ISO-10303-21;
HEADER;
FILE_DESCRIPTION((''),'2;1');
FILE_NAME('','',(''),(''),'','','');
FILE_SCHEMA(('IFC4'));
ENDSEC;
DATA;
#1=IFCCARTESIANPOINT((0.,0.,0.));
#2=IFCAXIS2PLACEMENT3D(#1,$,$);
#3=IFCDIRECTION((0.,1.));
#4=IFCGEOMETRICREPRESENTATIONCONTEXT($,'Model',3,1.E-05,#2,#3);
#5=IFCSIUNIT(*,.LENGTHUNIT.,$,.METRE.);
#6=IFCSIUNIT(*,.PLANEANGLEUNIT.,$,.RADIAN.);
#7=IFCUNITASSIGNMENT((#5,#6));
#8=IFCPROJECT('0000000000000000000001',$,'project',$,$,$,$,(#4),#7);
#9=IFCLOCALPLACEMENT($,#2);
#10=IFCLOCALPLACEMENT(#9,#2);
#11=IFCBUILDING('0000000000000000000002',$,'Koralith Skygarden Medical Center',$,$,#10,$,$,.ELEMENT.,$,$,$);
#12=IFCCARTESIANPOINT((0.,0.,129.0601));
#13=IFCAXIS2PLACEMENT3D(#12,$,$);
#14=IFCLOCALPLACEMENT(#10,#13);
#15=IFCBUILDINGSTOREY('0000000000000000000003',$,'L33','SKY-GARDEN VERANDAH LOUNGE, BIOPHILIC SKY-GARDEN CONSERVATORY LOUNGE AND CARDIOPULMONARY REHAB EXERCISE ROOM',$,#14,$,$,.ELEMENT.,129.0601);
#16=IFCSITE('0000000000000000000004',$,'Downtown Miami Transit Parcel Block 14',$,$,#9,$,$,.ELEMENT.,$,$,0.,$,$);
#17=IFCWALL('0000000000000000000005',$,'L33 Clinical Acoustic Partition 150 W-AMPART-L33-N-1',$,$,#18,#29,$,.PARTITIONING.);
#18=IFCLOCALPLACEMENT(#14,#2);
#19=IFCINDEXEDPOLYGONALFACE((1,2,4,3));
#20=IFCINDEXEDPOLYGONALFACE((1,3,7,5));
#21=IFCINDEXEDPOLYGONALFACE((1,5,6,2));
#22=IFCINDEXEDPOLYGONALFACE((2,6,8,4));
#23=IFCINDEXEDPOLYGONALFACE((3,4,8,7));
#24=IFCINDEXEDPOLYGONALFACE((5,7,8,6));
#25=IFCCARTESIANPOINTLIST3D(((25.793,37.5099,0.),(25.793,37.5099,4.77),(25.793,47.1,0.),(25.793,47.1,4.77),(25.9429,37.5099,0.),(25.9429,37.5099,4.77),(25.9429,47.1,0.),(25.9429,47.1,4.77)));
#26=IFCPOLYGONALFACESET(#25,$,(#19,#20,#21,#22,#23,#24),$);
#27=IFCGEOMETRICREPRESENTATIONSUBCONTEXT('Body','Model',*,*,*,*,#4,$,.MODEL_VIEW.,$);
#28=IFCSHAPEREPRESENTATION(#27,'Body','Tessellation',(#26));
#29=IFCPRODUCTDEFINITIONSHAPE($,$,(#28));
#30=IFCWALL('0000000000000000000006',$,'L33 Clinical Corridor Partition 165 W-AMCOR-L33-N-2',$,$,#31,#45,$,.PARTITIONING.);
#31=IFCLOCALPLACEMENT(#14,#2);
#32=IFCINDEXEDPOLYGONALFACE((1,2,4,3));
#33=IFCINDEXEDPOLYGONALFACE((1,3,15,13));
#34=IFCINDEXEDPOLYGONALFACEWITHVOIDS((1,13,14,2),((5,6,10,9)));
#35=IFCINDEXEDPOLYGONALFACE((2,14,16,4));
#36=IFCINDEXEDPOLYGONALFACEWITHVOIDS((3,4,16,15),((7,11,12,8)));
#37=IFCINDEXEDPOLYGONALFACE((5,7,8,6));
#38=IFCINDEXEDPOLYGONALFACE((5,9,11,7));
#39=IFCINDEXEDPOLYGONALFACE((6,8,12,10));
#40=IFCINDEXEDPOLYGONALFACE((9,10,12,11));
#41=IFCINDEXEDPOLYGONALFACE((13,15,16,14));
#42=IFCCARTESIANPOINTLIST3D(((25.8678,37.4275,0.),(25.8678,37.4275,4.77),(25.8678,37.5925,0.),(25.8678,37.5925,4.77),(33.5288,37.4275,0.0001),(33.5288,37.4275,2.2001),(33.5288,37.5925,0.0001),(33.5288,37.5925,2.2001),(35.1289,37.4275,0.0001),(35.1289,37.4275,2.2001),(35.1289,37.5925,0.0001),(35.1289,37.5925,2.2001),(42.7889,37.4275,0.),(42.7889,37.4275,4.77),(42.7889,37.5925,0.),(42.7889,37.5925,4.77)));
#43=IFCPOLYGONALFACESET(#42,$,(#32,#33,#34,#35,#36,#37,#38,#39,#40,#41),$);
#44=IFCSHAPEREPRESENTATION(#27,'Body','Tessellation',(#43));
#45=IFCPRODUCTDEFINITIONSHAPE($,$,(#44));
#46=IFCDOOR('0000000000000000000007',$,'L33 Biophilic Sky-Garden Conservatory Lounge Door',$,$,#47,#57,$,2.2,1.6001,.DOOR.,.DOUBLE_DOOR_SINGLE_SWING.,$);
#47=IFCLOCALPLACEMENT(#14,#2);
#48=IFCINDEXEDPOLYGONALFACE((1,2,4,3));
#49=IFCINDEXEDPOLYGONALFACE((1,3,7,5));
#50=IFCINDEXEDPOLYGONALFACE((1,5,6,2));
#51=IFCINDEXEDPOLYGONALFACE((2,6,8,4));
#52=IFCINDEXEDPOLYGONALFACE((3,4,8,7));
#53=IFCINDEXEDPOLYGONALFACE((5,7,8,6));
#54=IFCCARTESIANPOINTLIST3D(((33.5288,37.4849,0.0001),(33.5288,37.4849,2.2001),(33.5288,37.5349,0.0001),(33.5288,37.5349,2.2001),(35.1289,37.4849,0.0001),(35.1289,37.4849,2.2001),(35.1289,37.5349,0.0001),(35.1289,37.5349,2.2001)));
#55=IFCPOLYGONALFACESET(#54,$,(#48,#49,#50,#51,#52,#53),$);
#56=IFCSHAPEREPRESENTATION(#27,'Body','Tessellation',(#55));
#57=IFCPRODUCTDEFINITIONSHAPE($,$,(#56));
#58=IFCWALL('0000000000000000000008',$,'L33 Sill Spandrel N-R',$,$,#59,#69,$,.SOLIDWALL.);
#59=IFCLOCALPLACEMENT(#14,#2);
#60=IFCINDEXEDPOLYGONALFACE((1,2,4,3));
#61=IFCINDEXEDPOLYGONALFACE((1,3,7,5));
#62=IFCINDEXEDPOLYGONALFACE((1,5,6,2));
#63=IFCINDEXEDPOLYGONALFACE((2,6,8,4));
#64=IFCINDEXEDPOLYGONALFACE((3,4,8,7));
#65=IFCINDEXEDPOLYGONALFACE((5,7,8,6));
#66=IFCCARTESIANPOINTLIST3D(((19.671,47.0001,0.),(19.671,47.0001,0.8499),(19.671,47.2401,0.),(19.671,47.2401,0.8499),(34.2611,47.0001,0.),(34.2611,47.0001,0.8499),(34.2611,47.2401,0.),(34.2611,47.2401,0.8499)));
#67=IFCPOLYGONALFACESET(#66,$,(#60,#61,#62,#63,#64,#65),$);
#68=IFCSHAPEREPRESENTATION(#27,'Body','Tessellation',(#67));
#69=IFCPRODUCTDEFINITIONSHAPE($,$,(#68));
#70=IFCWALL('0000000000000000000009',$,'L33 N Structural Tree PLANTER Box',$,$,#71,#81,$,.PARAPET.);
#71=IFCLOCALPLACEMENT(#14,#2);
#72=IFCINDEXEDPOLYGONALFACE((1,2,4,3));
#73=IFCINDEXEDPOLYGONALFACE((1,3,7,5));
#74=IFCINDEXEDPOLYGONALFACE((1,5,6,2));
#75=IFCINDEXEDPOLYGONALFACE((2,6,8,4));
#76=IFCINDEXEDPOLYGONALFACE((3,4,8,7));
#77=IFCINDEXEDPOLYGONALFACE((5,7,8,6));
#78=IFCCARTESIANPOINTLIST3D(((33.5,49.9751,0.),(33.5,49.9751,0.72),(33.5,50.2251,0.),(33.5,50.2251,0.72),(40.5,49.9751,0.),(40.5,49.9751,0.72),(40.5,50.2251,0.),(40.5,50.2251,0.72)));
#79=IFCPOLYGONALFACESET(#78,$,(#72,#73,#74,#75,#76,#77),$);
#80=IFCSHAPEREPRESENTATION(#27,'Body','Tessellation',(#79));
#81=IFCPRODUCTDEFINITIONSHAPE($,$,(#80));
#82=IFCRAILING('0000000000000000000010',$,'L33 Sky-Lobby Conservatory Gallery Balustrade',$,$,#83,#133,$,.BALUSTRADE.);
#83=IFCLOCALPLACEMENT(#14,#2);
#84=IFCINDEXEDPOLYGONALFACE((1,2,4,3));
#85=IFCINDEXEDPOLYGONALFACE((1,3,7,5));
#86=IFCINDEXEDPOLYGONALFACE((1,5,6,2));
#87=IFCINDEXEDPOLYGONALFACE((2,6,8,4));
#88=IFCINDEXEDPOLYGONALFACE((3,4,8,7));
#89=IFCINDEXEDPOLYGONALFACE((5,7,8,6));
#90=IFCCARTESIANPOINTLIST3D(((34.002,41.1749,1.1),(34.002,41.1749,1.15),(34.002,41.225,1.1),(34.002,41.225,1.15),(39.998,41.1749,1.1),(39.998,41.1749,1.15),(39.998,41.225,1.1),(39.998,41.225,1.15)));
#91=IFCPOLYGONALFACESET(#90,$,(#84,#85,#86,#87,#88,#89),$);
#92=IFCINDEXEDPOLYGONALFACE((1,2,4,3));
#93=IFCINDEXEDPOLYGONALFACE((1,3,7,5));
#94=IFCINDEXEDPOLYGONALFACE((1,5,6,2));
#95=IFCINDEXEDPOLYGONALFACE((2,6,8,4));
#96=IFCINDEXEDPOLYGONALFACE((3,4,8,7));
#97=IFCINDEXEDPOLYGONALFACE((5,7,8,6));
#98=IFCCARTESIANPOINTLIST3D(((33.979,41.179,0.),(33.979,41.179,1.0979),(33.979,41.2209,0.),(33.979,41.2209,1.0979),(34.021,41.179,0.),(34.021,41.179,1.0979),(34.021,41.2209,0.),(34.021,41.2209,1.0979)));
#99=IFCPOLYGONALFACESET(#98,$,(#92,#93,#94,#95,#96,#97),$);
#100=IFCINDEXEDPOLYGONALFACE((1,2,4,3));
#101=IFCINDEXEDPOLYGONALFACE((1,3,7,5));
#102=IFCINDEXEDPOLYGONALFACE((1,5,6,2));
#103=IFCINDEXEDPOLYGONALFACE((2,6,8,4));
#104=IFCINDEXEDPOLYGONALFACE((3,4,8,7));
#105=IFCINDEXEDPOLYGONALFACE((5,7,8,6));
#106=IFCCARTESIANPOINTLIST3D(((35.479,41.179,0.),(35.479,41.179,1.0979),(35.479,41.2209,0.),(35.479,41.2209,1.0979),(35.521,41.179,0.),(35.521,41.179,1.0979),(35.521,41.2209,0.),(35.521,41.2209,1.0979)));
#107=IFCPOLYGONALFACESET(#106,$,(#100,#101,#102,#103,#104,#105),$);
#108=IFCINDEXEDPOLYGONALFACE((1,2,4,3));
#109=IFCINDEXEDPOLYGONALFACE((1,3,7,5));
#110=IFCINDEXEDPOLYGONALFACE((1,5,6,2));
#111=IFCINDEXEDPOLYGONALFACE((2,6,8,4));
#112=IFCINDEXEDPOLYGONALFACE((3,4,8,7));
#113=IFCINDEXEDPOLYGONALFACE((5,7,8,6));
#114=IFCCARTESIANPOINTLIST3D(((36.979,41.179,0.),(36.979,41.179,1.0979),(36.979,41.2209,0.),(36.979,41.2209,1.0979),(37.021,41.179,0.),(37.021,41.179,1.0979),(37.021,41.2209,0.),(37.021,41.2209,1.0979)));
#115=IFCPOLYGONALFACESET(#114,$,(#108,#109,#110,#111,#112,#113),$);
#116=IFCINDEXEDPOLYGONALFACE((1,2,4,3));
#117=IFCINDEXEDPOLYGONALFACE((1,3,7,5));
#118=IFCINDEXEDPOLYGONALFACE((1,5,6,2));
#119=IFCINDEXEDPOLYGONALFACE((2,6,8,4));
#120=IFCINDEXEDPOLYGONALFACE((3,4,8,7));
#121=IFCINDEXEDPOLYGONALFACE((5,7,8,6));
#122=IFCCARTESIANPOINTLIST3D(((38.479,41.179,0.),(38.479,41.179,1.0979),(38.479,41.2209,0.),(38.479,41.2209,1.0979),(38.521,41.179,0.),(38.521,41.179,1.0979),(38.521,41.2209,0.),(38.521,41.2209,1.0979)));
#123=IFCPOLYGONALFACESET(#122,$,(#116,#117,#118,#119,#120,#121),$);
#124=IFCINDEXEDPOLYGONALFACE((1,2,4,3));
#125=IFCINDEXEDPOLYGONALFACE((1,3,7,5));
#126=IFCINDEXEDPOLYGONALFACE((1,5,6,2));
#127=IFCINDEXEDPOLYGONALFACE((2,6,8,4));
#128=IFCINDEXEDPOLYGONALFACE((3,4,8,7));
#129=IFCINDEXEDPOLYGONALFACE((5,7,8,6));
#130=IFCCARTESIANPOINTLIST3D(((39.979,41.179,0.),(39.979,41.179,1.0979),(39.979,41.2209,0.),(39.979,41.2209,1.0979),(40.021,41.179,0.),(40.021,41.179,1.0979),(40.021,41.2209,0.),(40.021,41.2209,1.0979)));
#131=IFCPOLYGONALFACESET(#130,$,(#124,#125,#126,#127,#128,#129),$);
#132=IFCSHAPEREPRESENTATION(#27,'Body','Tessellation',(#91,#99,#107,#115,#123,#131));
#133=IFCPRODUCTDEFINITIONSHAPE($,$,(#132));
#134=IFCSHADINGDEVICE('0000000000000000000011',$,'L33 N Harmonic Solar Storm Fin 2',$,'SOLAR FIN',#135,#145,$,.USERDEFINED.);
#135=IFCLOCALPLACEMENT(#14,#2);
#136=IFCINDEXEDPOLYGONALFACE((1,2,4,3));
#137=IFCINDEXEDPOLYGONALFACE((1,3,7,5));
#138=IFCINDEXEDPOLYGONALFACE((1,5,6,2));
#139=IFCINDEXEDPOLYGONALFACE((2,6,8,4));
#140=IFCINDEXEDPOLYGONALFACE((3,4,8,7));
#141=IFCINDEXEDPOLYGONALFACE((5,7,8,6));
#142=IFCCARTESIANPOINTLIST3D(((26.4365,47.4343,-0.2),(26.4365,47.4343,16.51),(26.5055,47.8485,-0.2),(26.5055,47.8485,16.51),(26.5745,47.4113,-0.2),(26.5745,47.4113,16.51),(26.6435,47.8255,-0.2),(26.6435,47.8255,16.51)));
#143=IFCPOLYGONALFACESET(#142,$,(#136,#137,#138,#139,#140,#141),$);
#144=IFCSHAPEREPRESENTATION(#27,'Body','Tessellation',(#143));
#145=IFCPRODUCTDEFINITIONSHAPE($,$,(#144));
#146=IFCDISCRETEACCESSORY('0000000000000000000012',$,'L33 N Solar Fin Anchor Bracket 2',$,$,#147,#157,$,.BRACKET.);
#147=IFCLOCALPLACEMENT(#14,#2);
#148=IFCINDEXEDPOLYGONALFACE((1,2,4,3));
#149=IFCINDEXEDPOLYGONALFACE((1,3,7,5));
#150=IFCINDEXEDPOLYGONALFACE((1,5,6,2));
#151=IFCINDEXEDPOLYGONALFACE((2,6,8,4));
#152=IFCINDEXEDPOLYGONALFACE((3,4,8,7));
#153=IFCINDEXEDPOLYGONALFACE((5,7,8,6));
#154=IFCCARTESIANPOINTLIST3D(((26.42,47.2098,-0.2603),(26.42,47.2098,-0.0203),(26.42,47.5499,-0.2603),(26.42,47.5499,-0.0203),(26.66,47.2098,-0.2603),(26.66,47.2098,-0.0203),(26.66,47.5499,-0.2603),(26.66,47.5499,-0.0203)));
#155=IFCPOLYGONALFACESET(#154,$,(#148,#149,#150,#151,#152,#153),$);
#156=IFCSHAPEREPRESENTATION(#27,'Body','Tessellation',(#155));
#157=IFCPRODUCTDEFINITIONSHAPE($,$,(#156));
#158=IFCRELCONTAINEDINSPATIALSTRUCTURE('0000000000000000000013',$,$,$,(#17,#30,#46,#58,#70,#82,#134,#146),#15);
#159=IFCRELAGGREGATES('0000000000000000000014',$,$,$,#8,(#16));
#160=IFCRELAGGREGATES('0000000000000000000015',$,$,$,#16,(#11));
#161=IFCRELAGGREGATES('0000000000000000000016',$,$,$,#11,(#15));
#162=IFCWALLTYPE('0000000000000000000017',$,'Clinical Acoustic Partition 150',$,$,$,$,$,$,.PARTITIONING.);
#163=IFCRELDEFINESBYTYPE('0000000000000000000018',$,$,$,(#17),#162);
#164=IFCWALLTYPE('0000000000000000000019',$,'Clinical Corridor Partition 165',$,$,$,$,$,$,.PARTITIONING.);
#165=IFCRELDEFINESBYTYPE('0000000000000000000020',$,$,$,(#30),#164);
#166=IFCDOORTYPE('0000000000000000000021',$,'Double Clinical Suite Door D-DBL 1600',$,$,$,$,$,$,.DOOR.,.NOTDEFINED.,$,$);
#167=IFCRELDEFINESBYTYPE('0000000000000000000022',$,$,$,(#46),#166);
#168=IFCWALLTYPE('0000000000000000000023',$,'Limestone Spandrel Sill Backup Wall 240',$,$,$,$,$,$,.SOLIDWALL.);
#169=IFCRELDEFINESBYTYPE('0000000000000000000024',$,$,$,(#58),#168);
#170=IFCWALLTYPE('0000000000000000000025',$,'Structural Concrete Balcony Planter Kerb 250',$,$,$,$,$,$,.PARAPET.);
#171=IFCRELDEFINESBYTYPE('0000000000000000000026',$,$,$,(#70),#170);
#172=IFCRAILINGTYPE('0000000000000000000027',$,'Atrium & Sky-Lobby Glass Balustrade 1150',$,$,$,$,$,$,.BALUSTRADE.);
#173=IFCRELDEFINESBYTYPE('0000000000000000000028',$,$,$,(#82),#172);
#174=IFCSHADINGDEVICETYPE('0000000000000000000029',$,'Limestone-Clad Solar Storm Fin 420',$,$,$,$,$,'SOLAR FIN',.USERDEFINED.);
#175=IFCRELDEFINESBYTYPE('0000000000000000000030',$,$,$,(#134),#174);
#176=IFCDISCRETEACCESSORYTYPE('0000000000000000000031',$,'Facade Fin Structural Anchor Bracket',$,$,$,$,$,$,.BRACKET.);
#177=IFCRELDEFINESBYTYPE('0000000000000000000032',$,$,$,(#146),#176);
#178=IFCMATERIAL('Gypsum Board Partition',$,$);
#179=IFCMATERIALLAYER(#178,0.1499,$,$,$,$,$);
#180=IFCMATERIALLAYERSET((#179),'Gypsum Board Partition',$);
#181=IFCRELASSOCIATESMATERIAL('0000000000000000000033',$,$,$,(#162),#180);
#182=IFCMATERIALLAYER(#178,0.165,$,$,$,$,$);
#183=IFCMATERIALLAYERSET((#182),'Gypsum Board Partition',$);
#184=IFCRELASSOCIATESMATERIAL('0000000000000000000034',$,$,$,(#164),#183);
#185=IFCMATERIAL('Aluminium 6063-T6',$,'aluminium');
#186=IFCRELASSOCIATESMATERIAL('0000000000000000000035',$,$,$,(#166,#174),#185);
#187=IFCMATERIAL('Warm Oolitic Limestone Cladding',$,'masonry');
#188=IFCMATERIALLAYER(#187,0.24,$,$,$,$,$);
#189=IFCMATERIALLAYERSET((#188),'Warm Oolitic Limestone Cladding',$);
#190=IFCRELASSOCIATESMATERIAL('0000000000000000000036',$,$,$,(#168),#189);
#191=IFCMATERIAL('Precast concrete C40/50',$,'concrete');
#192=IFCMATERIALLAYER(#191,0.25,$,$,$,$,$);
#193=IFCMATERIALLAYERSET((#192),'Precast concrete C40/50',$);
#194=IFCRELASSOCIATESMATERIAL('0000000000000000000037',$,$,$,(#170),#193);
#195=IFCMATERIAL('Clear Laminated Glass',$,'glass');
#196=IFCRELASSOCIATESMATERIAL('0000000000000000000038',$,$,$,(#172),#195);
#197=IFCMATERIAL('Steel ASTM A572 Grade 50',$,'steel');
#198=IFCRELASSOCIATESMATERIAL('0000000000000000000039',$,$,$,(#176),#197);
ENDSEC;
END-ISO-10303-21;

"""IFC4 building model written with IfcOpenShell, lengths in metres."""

from ifc_helpers import new_model, si_unit, direction, frame, frame_2d, origin, origin_2d, place, context, subcontext, project, spatial, rectangle, extrude, material, layer, layer_set, type_object, element, fill, save


model = new_model("IFC4")

# Units and contexts
model_context = context("Model", 3, precision=1e-05, world=origin(), true_north=direction((0.0, 1.0)))
body_context = subcontext(model_context, "Body", "Model", "MODEL_VIEW")
ifc_project = project(units=[si_unit("LENGTHUNIT", "METRE"), si_unit("PLANEANGLEUNIT", "RADIAN")], contexts=[model_context])

# Site, building, storey
site_placement = place(None, origin())
site = spatial("IfcSite", under=ifc_project, at=site_placement, Name="Downtown Miami Transit Parcel Block 14", CompositionType="ELEMENT", RefElevation=0.0)
building_placement = place(site_placement, origin())
building = spatial("IfcBuilding", under=site, at=building_placement, Name="Koralith Skygarden Medical Center", CompositionType="ELEMENT")
storey_placement = place(building_placement, frame((0.0, 0.0, 129.0601)))
storey = spatial("IfcBuildingStorey", under=building, at=storey_placement, Name="L33", Description="SKY-GARDEN VERANDAH LOUNGE, BIOPHILIC SKY-GARDEN CONSERVATORY LOUNGE AND CARDIOPULMONARY REHAB EXERCISE ROOM", CompositionType="ELEMENT", Elevation=129.0601)

# Shared definitions
ifc_material_1 = material(Name="Clear Laminated Glass", Category="glass")
ifc_material_2 = material(Name="Aluminium 6063-T6", Category="aluminium")

# Shared definitions
ifc_material_3 = material(Name="Warm Oolitic Limestone Cladding", Category="masonry")

# Wall
ifc_material_4 = material(Name="Gypsum Board Partition")
ifc_layer_1 = layer(ifc_material_4, 0.1499)
ifc_layer_set_1 = layer_set([ifc_layer_1], Name="Gypsum Board Partition")
wall_type_1 = type_object("IfcWallType", Name="Clinical Acoustic Partition 150", PredefinedType="PARTITIONING", material=ifc_layer_set_1)
wall_1_placement = place(storey_placement, frame((25.8679, 37.51, 0.0), z_axis=(0.0, 0.0, 1.0), x_axis=(0.0, 1.0, 0.0)))
element("IfcWall", 1, at=wall_1_placement, inside=storey, type_object=wall_type_1, Name="L33 Clinical Acoustic Partition 150 W-AMPART-L33-N-1", PredefinedType="PARTITIONING", context=body_context, shape_type="SweptSolid", body=[
    extrude(rectangle(XDim=9.5901, YDim=0.1499, at=frame_2d((4.7949, 0.0))), origin(), (0.0, 0.0, 1.0), 4.77),
])

# Wall, opening, door
ifc_layer_2 = layer(ifc_material_4, 0.165)
ifc_layer_set_2 = layer_set([ifc_layer_2], Name="Gypsum Board Partition")
wall_type_2 = type_object("IfcWallType", Name="Clinical Corridor Partition 165", PredefinedType="PARTITIONING", material=ifc_layer_set_2)
wall_2_placement = place(storey_placement, frame((25.8679, 37.51, 0.0), z_axis=(0.0, 0.0, 1.0), x_axis=(1.0, 0.0, 0.0)))
wall_2 = element("IfcWall", 2, at=wall_2_placement, inside=storey, type_object=wall_type_2, Name="L33 Clinical Corridor Partition 165 W-AMCOR-L33-N-2", PredefinedType="PARTITIONING", context=body_context, shape_type="SweptSolid", body=[
    extrude(rectangle(XDim=16.9211, YDim=0.165, at=frame_2d((8.4604, 0.0))), origin(), (0.0, 0.0, 1.0), 4.77),
])
opening_1_placement = place(wall_2_placement, frame((7.6609, 0.0, 0.0)))
opening_1 = element("IfcOpeningElement", 3, at=opening_1_placement, cuts=wall_2, PredefinedType="OPENING", context=body_context, shape_type="SweptSolid", body=[
    extrude(rectangle(XDim=1.6001, YDim=2.2, at=frame_2d((0.8, 1.1001))), frame((0.0, 0.0925, 0.0), z_axis=(0.0, -1.0, 0.0), x_axis=(1.0, 0.0, 0.0)), (0.0, 0.0, 1.0), 0.1851),
])
door_type_1 = type_object("IfcDoorType", Name="Double Clinical Suite Door D-DBL 1600", OperationType="NOTDEFINED", PredefinedType="DOOR", material=ifc_material_2)
door_1_placement = place(opening_1_placement, origin())
door_1 = element("IfcDoor", 4, at=door_1_placement, inside=storey, type_object=door_type_1, Name="L33 Biophilic Sky-Garden Conservatory Lounge Door", OperationType="DOUBLE_DOOR_SINGLE_SWING", OverallHeight=2.2, OverallWidth=1.6001, PredefinedType="DOOR", context=body_context, shape_type="SweptSolid", body=[
    extrude(rectangle(XDim=1.6001, YDim=2.2, at=frame_2d((0.8, 1.1001))), frame((0.0, 0.0249, 0.0), z_axis=(0.0, -1.0, 0.0), x_axis=(1.0, 0.0, 0.0)), (0.0, 0.0, 1.0), 0.05),
])
fill(opening_1, door_1)

# Walls
ifc_layer_3 = layer(ifc_material_3, 0.24)
ifc_layer_set_3 = layer_set([ifc_layer_3], Name="Warm Oolitic Limestone Cladding")
wall_type_3 = type_object("IfcWallType", Name="Limestone Spandrel Sill Backup Wall 240", PredefinedType="SOLIDWALL", material=ifc_layer_set_3)
wall_3_placement = place(storey_placement, frame((34.261, 47.1201, 0.0), z_axis=(0.0, 0.0, 1.0), x_axis=(-1.0, 0.0, 0.0)))
element("IfcWall", 5, at=wall_3_placement, inside=storey, type_object=wall_type_3, Name="L33 Sill Spandrel N-R", PredefinedType="SOLIDWALL", context=body_context, shape_type="SweptSolid", body=[
    extrude(rectangle(XDim=14.5901, YDim=0.24, at=frame_2d((7.2949, 0.0))), origin(), (0.0, 0.0, 1.0), 0.8499),
])
ifc_material_5 = material(Name="Precast concrete C40/50", Category="concrete")
ifc_layer_4 = layer(ifc_material_5, 0.25)
ifc_layer_set_4 = layer_set([ifc_layer_4], Name="Precast concrete C40/50")
wall_type_4 = type_object("IfcWallType", Name="Structural Concrete Balcony Planter Kerb 250", PredefinedType="PARAPET", material=ifc_layer_set_4)
wall_4_placement = place(storey_placement, frame((33.5, 50.1001, 0.0), z_axis=(0.0, 0.0, 1.0), x_axis=(1.0, 0.0, 0.0)))
element("IfcWall", 6, at=wall_4_placement, inside=storey, type_object=wall_type_4, Name="L33 N Structural Tree PLANTER Box", PredefinedType="PARAPET", context=body_context, shape_type="SweptSolid", body=[
    extrude(rectangle(XDim=7.0, YDim=0.25, at=frame_2d((3.5, 0.0))), origin(), (0.0, 0.0, 1.0), 0.72),
])

# Railing
railing_type = type_object("IfcRailingType", Name="Atrium & Sky-Lobby Glass Balustrade 1150", PredefinedType="BALUSTRADE", material=ifc_material_1)
railing_placement = place(storey_placement, frame((34.0, 41.2, 0.0)))
element("IfcRailing", 7, at=railing_placement, inside=storey, type_object=railing_type, Name="L33 Sky-Lobby Conservatory Gallery Balustrade", PredefinedType="BALUSTRADE", context=body_context, shape_type="SweptSolid", body=[
    extrude(rectangle(XDim=0.05, YDim=0.05, at=origin_2d()), frame((0.002, 0.0, 1.125), z_axis=(1.0, 0.0, 0.0), x_axis=(0.0, 1.0, 0.0)), (0.0, 0.0, 1.0), 5.9961),
    extrude(rectangle(XDim=0.042, YDim=0.042, at=origin_2d()), origin(), (0.0, 0.0, 1.0), 1.0979),
    extrude(rectangle(XDim=0.042, YDim=0.042, at=origin_2d()), frame((1.5, 0.0, 0.0)), (0.0, 0.0, 1.0), 1.0979),
    extrude(rectangle(XDim=0.042, YDim=0.042, at=origin_2d()), frame((3.0, 0.0, 0.0)), (0.0, 0.0, 1.0), 1.0979),
    extrude(rectangle(XDim=0.042, YDim=0.042, at=origin_2d()), frame((4.5, 0.0, 0.0)), (0.0, 0.0, 1.0), 1.0979),
    extrude(rectangle(XDim=0.042, YDim=0.042, at=origin_2d()), frame((6.0, 0.0, 0.0)), (0.0, 0.0, 1.0), 1.0979),
])

# Shading device
shading_device_type = type_object("IfcShadingDeviceType", Name="Limestone-Clad Solar Storm Fin 420", ElementType="SOLAR FIN", PredefinedType="USERDEFINED", material=ifc_material_2)
shading_device_placement = place(storey_placement, frame((26.54, 47.6299, -0.2), z_axis=(0.0, 0.0, 1.0), x_axis=(0.164325, 0.986406, 0.0)))
element("IfcShadingDevice", 8, at=shading_device_placement, inside=storey, type_object=shading_device_type, Name="L33 N Harmonic Solar Storm Fin 2", ObjectType="SOLAR FIN", PredefinedType="USERDEFINED", context=body_context, shape_type="SweptSolid", body=[
    extrude(rectangle(XDim=0.4199, YDim=0.1399, at=origin_2d()), origin(), (0.0, 0.0, 1.0), 16.71),
])

# Discrete accessory
ifc_material_6 = material(Name="Steel ASTM A572 Grade 50", Category="steel")
discrete_accessory_type = type_object("IfcDiscreteAccessoryType", Name="Facade Fin Structural Anchor Bracket", PredefinedType="BRACKET", material=ifc_material_6)
discrete_accessory_placement = place(storey_placement, frame((26.54, 47.3799, -0.2603), z_axis=(0.0, 0.0, 1.0), x_axis=(0.0, 1.0, 0.0)))
element("IfcDiscreteAccessory", 9, at=discrete_accessory_placement, inside=storey, type_object=discrete_accessory_type, Name="L33 N Solar Fin Anchor Bracket 2", PredefinedType="BRACKET", context=body_context, shape_type="SweptSolid", body=[
    extrude(rectangle(XDim=0.3401, YDim=0.24, at=origin_2d()), origin(), (0.0, 0.0, 1.0), 0.24),
])

save(model, "model.ifc")
